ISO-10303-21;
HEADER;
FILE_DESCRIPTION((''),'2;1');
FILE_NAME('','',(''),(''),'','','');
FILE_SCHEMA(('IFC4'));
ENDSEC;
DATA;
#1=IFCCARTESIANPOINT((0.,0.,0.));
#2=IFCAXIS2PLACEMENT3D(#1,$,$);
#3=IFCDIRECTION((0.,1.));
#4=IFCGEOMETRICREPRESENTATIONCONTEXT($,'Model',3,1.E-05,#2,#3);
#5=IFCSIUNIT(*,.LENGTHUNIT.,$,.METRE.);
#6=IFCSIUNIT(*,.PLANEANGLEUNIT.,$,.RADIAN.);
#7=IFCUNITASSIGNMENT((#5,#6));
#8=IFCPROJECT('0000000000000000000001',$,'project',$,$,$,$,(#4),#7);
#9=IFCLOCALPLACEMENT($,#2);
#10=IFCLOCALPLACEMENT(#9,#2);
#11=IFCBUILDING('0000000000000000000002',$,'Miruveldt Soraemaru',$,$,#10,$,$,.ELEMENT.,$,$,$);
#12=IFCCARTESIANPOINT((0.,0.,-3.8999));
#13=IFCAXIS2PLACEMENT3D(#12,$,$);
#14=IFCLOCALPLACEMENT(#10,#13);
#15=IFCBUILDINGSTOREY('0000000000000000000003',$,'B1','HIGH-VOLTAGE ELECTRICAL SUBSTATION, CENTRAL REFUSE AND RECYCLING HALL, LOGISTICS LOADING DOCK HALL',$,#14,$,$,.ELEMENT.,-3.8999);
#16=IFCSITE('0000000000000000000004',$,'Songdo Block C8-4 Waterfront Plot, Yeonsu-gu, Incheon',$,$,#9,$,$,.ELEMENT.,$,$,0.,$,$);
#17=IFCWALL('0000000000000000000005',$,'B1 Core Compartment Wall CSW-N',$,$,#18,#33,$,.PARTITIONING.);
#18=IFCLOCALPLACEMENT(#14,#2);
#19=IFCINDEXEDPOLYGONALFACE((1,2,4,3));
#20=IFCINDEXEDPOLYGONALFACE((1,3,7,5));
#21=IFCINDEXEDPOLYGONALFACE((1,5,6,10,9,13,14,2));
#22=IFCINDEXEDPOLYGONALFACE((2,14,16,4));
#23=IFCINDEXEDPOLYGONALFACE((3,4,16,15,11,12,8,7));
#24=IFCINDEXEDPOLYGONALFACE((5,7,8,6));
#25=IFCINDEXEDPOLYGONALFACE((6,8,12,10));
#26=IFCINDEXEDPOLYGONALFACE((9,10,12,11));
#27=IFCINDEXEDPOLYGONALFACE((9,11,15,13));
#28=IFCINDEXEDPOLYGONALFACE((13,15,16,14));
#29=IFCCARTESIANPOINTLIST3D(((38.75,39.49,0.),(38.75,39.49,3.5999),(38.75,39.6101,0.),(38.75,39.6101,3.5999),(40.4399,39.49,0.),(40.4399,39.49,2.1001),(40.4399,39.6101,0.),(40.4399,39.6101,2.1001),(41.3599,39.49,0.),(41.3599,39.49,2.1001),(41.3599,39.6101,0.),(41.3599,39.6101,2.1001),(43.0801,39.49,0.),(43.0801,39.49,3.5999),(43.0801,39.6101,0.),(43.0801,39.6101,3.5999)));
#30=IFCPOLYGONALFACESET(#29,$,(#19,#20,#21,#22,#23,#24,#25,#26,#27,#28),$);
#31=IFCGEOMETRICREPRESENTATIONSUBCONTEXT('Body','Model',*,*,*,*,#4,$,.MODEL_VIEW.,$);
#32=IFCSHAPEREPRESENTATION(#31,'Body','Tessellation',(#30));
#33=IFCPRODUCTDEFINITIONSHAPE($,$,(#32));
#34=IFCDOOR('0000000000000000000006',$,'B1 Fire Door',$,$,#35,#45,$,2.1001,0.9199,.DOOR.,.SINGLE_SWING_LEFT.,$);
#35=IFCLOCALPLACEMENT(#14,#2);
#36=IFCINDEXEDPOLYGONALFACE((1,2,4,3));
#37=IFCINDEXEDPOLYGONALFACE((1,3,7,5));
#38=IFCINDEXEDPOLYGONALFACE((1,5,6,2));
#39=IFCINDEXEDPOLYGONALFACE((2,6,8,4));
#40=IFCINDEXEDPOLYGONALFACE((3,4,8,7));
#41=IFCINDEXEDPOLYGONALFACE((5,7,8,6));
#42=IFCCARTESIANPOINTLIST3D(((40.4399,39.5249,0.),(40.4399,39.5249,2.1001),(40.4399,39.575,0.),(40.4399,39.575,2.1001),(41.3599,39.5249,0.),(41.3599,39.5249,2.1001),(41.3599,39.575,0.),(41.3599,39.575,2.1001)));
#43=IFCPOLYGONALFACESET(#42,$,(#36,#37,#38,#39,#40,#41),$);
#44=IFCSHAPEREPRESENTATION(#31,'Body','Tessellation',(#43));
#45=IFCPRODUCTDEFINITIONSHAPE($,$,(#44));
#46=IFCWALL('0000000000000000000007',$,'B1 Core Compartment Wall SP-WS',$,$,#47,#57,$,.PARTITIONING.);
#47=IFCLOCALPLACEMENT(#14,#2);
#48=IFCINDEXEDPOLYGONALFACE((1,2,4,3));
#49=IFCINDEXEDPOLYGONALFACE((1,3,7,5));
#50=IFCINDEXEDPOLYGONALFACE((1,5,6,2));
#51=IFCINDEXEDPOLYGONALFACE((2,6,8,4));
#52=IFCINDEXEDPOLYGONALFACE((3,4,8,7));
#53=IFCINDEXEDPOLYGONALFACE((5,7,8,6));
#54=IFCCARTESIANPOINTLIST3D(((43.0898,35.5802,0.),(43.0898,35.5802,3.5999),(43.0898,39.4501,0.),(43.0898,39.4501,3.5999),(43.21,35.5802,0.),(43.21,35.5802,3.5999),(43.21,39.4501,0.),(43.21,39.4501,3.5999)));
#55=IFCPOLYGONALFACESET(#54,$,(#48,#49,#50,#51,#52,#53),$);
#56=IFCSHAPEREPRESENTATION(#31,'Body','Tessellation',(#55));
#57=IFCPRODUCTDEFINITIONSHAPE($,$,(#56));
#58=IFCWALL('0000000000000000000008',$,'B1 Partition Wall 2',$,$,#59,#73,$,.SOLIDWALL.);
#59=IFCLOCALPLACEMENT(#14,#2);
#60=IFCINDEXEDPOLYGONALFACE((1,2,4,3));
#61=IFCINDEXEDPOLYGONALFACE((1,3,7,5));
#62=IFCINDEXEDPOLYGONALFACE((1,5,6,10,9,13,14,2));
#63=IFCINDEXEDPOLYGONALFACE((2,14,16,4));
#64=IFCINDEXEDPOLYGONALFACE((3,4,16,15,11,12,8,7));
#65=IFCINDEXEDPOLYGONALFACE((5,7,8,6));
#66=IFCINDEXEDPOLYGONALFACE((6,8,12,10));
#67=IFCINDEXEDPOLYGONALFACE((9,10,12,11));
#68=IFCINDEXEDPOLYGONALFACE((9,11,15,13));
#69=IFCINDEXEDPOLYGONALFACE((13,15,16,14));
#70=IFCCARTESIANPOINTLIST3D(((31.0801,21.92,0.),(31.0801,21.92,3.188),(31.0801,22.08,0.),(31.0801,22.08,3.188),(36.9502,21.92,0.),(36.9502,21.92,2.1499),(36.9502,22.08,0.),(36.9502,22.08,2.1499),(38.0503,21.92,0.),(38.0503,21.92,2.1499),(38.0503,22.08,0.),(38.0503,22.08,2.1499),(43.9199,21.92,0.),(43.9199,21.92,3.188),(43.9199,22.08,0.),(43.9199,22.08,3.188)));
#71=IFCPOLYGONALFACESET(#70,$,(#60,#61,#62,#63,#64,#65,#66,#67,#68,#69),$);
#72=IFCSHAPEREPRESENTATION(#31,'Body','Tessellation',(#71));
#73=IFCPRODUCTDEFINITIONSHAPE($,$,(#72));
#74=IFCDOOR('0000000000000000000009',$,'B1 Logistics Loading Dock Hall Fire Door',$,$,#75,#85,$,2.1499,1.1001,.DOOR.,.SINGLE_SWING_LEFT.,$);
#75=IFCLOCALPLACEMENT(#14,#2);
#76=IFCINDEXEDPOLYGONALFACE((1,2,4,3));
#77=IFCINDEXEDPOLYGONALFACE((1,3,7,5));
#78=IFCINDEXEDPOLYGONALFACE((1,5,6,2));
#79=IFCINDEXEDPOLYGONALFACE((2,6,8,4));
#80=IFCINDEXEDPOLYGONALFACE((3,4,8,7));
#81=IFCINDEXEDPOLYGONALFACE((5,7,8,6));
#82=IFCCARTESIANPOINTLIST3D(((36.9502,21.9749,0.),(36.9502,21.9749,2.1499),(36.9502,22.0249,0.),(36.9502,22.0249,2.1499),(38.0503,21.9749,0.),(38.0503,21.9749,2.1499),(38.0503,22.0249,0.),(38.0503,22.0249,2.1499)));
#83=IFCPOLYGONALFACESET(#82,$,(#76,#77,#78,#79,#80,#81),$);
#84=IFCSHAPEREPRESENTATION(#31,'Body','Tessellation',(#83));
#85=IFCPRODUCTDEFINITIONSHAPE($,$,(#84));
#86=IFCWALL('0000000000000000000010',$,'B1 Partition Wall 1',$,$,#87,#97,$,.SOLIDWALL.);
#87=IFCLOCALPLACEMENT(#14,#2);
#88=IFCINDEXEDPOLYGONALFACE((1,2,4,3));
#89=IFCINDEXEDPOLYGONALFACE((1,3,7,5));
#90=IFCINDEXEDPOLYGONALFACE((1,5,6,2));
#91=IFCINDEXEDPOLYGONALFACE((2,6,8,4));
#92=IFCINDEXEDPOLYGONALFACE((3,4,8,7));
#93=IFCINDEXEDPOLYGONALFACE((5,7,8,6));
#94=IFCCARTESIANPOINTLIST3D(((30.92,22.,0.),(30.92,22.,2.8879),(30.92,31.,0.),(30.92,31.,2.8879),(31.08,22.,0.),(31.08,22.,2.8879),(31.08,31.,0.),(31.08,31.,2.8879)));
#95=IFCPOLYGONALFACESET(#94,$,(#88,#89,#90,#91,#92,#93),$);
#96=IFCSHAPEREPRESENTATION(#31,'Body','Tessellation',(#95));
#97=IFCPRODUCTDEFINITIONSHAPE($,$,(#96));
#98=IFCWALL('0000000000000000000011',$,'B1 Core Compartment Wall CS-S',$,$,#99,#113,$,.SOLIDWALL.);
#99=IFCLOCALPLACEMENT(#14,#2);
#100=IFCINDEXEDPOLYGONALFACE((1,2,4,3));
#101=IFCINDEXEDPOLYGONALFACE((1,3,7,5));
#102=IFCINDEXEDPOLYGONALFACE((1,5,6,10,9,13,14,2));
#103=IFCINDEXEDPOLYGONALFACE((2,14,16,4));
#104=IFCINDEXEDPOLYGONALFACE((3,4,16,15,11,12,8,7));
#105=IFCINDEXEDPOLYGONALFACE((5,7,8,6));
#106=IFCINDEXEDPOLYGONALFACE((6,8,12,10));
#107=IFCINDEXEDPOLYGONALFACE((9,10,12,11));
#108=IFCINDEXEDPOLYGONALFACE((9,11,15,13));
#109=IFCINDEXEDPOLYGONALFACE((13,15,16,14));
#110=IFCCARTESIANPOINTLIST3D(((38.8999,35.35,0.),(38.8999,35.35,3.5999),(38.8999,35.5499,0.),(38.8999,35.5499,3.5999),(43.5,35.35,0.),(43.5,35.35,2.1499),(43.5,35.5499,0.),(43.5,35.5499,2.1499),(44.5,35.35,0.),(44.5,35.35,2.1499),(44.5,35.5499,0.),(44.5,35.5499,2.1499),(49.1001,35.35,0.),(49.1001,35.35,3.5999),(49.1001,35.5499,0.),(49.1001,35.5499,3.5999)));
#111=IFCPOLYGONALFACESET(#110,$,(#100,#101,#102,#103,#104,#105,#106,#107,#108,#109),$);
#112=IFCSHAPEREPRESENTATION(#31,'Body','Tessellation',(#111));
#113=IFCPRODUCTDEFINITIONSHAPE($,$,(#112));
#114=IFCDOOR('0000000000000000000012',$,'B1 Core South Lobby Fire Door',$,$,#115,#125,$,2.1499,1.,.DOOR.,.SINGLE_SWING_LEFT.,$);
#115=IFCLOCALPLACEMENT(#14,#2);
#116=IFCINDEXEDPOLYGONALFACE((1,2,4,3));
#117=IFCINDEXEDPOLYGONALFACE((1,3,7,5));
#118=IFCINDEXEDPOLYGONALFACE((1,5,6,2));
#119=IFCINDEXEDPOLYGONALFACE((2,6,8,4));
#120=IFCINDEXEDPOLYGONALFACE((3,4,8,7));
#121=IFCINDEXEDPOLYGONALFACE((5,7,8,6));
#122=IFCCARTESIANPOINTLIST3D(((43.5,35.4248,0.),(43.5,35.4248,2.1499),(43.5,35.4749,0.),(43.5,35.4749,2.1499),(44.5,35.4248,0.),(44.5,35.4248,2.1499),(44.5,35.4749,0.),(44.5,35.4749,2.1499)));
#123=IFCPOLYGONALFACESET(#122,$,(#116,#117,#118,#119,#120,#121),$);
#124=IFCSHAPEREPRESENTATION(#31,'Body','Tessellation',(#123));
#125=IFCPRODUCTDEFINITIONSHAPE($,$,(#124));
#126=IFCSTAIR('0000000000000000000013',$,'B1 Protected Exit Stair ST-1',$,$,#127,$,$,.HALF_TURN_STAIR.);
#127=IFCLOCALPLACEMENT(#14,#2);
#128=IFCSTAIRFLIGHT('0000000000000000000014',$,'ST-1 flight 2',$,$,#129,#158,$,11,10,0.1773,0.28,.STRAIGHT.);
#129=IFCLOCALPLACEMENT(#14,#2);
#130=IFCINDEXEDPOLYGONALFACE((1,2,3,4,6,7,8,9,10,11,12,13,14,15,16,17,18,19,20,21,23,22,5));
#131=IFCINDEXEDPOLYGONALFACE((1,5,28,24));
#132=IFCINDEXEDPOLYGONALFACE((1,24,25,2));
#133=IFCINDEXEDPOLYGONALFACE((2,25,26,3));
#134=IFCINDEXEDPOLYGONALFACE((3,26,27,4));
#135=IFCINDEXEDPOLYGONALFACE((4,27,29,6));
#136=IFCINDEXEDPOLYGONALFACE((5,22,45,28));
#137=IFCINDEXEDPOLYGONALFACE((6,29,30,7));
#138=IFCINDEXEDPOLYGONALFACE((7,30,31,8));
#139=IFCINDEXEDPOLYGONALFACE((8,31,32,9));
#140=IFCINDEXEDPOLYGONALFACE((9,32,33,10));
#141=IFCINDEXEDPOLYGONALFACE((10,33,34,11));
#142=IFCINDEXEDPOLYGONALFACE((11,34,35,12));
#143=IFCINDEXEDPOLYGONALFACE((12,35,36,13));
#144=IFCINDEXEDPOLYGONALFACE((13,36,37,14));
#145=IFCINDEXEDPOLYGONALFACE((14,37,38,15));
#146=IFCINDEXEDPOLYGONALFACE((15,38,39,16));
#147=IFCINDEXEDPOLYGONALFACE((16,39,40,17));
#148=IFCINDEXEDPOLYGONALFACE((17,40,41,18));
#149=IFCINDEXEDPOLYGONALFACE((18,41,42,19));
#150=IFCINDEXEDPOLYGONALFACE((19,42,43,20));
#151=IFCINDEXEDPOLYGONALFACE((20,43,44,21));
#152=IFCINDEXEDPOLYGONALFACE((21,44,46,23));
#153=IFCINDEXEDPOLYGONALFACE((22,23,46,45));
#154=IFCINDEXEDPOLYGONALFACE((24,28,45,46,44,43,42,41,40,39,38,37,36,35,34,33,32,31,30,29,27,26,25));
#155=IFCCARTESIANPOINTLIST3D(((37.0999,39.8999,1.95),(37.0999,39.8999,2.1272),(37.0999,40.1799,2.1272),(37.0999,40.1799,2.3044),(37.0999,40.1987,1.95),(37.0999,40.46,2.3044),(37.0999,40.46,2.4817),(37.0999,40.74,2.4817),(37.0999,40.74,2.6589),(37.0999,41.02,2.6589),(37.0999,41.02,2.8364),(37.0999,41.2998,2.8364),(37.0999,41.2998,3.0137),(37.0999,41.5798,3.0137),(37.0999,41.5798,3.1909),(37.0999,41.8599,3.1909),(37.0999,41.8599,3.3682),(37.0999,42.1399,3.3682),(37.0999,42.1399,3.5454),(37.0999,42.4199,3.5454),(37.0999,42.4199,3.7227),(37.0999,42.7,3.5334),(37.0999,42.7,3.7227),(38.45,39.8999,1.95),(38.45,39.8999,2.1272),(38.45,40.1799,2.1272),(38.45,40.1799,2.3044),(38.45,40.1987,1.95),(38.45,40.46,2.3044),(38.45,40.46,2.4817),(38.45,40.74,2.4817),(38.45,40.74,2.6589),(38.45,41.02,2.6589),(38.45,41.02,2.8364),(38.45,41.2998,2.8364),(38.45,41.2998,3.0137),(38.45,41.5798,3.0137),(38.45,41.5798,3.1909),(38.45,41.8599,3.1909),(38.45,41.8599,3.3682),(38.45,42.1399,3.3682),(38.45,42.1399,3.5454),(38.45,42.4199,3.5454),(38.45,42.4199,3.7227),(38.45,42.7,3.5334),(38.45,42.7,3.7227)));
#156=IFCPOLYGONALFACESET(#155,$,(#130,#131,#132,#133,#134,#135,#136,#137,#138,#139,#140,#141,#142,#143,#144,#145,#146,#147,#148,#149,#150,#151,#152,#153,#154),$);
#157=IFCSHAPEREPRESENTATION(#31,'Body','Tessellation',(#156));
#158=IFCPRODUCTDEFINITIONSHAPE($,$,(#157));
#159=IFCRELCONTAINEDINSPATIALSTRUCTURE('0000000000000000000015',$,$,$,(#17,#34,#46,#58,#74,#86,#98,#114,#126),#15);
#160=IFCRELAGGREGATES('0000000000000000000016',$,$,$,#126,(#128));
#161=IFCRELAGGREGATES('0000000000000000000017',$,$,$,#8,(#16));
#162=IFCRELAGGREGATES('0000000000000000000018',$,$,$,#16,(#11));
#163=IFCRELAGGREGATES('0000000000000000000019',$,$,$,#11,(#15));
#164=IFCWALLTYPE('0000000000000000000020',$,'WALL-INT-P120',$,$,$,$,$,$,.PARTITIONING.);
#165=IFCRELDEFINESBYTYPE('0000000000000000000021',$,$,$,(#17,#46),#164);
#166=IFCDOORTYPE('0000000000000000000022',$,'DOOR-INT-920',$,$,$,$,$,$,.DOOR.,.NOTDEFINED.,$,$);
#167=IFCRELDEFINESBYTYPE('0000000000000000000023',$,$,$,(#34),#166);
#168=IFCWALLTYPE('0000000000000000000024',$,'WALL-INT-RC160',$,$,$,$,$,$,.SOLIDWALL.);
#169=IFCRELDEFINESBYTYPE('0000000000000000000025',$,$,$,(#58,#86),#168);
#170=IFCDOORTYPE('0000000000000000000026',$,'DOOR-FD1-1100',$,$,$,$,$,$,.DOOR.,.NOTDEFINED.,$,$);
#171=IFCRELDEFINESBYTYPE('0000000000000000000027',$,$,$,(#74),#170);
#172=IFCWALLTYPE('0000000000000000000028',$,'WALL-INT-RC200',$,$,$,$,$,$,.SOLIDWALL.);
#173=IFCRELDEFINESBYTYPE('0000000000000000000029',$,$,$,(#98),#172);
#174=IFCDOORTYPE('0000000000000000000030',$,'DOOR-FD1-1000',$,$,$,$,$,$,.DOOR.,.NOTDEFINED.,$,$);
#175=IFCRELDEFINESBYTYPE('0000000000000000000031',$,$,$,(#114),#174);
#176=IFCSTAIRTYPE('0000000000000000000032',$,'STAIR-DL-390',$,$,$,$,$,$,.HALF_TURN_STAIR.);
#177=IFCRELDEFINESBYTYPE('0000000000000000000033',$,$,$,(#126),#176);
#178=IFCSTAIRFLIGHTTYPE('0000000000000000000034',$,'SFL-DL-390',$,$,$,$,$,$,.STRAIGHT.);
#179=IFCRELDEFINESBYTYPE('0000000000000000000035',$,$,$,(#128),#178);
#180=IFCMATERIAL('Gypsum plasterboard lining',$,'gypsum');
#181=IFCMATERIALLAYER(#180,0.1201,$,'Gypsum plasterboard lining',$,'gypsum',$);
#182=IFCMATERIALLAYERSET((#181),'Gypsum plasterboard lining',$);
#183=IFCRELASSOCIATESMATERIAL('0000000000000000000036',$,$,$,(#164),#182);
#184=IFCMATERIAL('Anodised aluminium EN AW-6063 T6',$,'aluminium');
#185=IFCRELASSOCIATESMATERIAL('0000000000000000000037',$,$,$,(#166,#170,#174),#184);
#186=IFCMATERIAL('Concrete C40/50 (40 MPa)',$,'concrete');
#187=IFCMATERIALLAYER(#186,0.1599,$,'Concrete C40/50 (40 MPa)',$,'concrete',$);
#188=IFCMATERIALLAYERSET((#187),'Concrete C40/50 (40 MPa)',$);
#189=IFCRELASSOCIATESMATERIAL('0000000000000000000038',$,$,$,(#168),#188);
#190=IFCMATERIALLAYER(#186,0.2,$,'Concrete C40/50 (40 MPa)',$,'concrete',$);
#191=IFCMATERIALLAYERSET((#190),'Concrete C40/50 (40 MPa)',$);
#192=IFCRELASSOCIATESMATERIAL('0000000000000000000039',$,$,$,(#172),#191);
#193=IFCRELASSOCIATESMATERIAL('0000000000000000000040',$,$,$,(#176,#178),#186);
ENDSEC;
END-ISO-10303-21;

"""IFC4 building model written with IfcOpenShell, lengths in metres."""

from ifc_helpers import new_model, si_unit, direction, frame, frame_2d, origin, place, context, subcontext, project, spatial, polyline, rectangle, outline, extrude, material, layer, layer_set, type_object, element, fill, aggregate, save


model = new_model("IFC4")

# Units and contexts
model_context = context("Model", 3, precision=1e-05, world=origin(), true_north=direction((0.0, 1.0)))
body_context = subcontext(model_context, "Body", "Model", "MODEL_VIEW")
ifc_project = project(units=[si_unit("LENGTHUNIT", "METRE"), si_unit("PLANEANGLEUNIT", "RADIAN")], contexts=[model_context])

# Site, building, storey
site_placement = place(None, origin())
site = spatial("IfcSite", under=ifc_project, at=site_placement, Name="Songdo Block C8-4 Waterfront Plot, Yeonsu-gu, Incheon", CompositionType="ELEMENT", RefElevation=0.0)
building_placement = place(site_placement, origin())
building = spatial("IfcBuilding", under=site, at=building_placement, Name="Miruveldt Soraemaru", CompositionType="ELEMENT")
storey_placement = place(building_placement, frame((0.0, 0.0, -3.8999)))
storey = spatial("IfcBuildingStorey", under=building, at=storey_placement, Name="B1", Description="HIGH-VOLTAGE ELECTRICAL SUBSTATION, CENTRAL REFUSE AND RECYCLING HALL, LOGISTICS LOADING DOCK HALL", CompositionType="ELEMENT", Elevation=-3.8999)

# Wall, opening, door
ifc_material_1 = material(Name="Gypsum plasterboard lining", Category="gypsum")
ifc_layer_1 = layer(ifc_material_1, 0.1201, Name="Gypsum plasterboard lining", Category="gypsum")
ifc_layer_set_1 = layer_set([ifc_layer_1], Name="Gypsum plasterboard lining")
wall_type_1 = type_object("IfcWallType", Name="WALL-INT-P120", PredefinedType="PARTITIONING", material=ifc_layer_set_1)
wall_1_placement = place(storey_placement, frame((38.75, 39.55, 0.0), z_axis=(0.0, 0.0, 1.0), x_axis=(1.0, 0.0, 0.0)))
wall_1 = element("IfcWall", 1, at=wall_1_placement, inside=storey, type_object=wall_type_1, Name="B1 Core Compartment Wall CSW-N", PredefinedType="PARTITIONING", context=body_context, shape_type="SweptSolid", body=[
    extrude(rectangle(XDim=4.3301, YDim=0.1201, at=frame_2d((2.165, 0.0))), origin(), (0.0, 0.0, 1.0), 3.5999),
])
opening_1_placement = place(wall_1_placement, frame((1.6899, 0.0, 0.0)))
opening_1 = element("IfcOpeningElement", 2, at=opening_1_placement, cuts=wall_1, PredefinedType="OPENING", context=body_context, shape_type="SweptSolid", body=[
    extrude(rectangle(XDim=0.9199, YDim=2.1001, at=frame_2d((0.46, 1.05))), frame((0.0, 0.0701, 0.0), z_axis=(0.0, -1.0, 0.0), x_axis=(1.0, 0.0, 0.0)), (0.0, 0.0, 1.0), 0.1401),
])
ifc_material_2 = material(Name="Anodised aluminium EN AW-6063 T6", Category="aluminium")
door_type_1 = type_object("IfcDoorType", Name="DOOR-INT-920", OperationType="NOTDEFINED", PredefinedType="DOOR", material=ifc_material_2)
door_1_placement = place(opening_1_placement, origin())
door_1 = element("IfcDoor", 3, at=door_1_placement, inside=storey, type_object=door_type_1, Name="B1 Fire Door", OperationType="SINGLE_SWING_LEFT", OverallHeight=2.1001, OverallWidth=0.9199, PredefinedType="DOOR", context=body_context, shape_type="SweptSolid", body=[
    extrude(rectangle(XDim=0.9199, YDim=2.1001, at=frame_2d((0.46, 1.05))), frame((0.0, 0.0249, 0.0), z_axis=(0.0, -1.0, 0.0), x_axis=(1.0, 0.0, 0.0)), (0.0, 0.0, 1.0), 0.05),
])
fill(opening_1, door_1)

# Wall
wall_2_placement = place(storey_placement, frame((43.1499, 35.5801, 0.0), z_axis=(0.0, 0.0, 1.0), x_axis=(0.0, 1.0, 0.0)))
element("IfcWall", 4, at=wall_2_placement, inside=storey, type_object=wall_type_1, Name="B1 Core Compartment Wall SP-WS", PredefinedType="PARTITIONING", context=body_context, shape_type="SweptSolid", body=[
    extrude(rectangle(XDim=3.8699, YDim=0.1201, at=frame_2d((1.9351, 0.0))), origin(), (0.0, 0.0, 1.0), 3.5999),
])

# Wall, opening, door
ifc_material_3 = material(Name="Concrete C40/50 (40 MPa)", Category="concrete")
ifc_layer_2 = layer(ifc_material_3, 0.1599, Name="Concrete C40/50 (40 MPa)", Category="concrete")
ifc_layer_set_2 = layer_set([ifc_layer_2], Name="Concrete C40/50 (40 MPa)")
wall_type_2 = type_object("IfcWallType", Name="WALL-INT-RC160", PredefinedType="SOLIDWALL", material=ifc_layer_set_2)
wall_3_placement = place(storey_placement, frame((31.0801, 22.0, 0.0), z_axis=(0.0, 0.0, 1.0), x_axis=(1.0, 0.0, 0.0)))
wall_3 = element("IfcWall", 5, at=wall_3_placement, inside=storey, type_object=wall_type_2, Name="B1 Partition Wall 2", PredefinedType="SOLIDWALL", context=body_context, shape_type="SweptSolid", body=[
    extrude(rectangle(XDim=12.8398, YDim=0.1599, at=frame_2d((6.4199, 0.0))), origin(), (0.0, 0.0, 1.0), 3.188),
])
opening_2_placement = place(wall_3_placement, frame((5.8701, 0.0, 0.0)))
opening_2 = element("IfcOpeningElement", 6, at=opening_2_placement, cuts=wall_3, PredefinedType="OPENING", context=body_context, shape_type="SweptSolid", body=[
    extrude(rectangle(XDim=1.1001, YDim=2.1499, at=frame_2d((0.55, 1.075))), frame((0.0, 0.0898, 0.0), z_axis=(0.0, -1.0, 0.0), x_axis=(1.0, 0.0, 0.0)), (0.0, 0.0, 1.0), 0.1799),
])
door_type_2 = type_object("IfcDoorType", Name="DOOR-FD1-1100", OperationType="NOTDEFINED", PredefinedType="DOOR", material=ifc_material_2)
door_2_placement = place(opening_2_placement, origin())
door_2 = element("IfcDoor", 7, at=door_2_placement, inside=storey, type_object=door_type_2, Name="B1 Logistics Loading Dock Hall Fire Door", OperationType="SINGLE_SWING_LEFT", OverallHeight=2.1499, OverallWidth=1.1001, PredefinedType="DOOR", context=body_context, shape_type="SweptSolid", body=[
    extrude(rectangle(XDim=1.1001, YDim=2.1499, at=frame_2d((0.55, 1.075))), frame((0.0, 0.0249, 0.0), z_axis=(0.0, -1.0, 0.0), x_axis=(1.0, 0.0, 0.0)), (0.0, 0.0, 1.0), 0.05),
])
fill(opening_2, door_2)

# Wall
wall_4_placement = place(storey_placement, frame((31.0, 31.0, 0.0), z_axis=(0.0, 0.0, 1.0), x_axis=(0.0, -1.0, 0.0)))
element("IfcWall", 8, at=wall_4_placement, inside=storey, type_object=wall_type_2, Name="B1 Partition Wall 1", PredefinedType="SOLIDWALL", context=body_context, shape_type="SweptSolid", body=[
    extrude(rectangle(XDim=9.0, YDim=0.1599, at=frame_2d((4.5, 0.0))), origin(), (0.0, 0.0, 1.0), 2.8879),
])

# Wall, opening, door
ifc_layer_3 = layer(ifc_material_3, 0.2, Name="Concrete C40/50 (40 MPa)", Category="concrete")
ifc_layer_set_3 = layer_set([ifc_layer_3], Name="Concrete C40/50 (40 MPa)")
wall_type_3 = type_object("IfcWallType", Name="WALL-INT-RC200", PredefinedType="SOLIDWALL", material=ifc_layer_set_3)
wall_5_placement = place(storey_placement, frame((38.8999, 35.45, 0.0), z_axis=(0.0, 0.0, 1.0), x_axis=(1.0, 0.0, 0.0)))
wall_5 = element("IfcWall", 9, at=wall_5_placement, inside=storey, type_object=wall_type_3, Name="B1 Core Compartment Wall CS-S", PredefinedType="SOLIDWALL", context=body_context, shape_type="SweptSolid", body=[
    extrude(rectangle(XDim=10.2002, YDim=0.2, at=frame_2d((5.1001, 0.0))), origin(), (0.0, 0.0, 1.0), 3.5999),
])
opening_3_placement = place(wall_5_placement, frame((4.6001, 0.0, 0.0)))
opening_3 = element("IfcOpeningElement", 10, at=opening_3_placement, cuts=wall_5, PredefinedType="OPENING", context=body_context, shape_type="SweptSolid", body=[
    extrude(rectangle(XDim=1.0, YDim=2.1499, at=frame_2d((0.5, 1.075))), frame((0.0, 0.1099, 0.0), z_axis=(0.0, -1.0, 0.0), x_axis=(1.0, 0.0, 0.0)), (0.0, 0.0, 1.0), 0.22),
])
door_type_3 = type_object("IfcDoorType", Name="DOOR-FD1-1000", OperationType="NOTDEFINED", PredefinedType="DOOR", material=ifc_material_2)
door_3_placement = place(opening_3_placement, origin())
door_3 = element("IfcDoor", 11, at=door_3_placement, inside=storey, type_object=door_type_3, Name="B1 Core South Lobby Fire Door", OperationType="SINGLE_SWING_LEFT", OverallHeight=2.1499, OverallWidth=1.0, PredefinedType="DOOR", context=body_context, shape_type="SweptSolid", body=[
    extrude(rectangle(XDim=1.0, YDim=2.1499, at=frame_2d((0.5, 1.075))), frame((0.0, 0.0249, 0.0), z_axis=(0.0, -1.0, 0.0), x_axis=(1.0, 0.0, 0.0)), (0.0, 0.0, 1.0), 0.05),
])
fill(opening_3, door_3)

# Stair, stair flight
stair_type = type_object("IfcStairType", Name="STAIR-DL-390", PredefinedType="HALF_TURN_STAIR", material=ifc_material_3)
stair_placement = place(storey_placement, origin())
stair = element("IfcStair", 12, at=stair_placement, inside=storey, type_object=stair_type, Name="B1 Protected Exit Stair ST-1", PredefinedType="HALF_TURN_STAIR")
stair_flight_type = type_object("IfcStairFlightType", Name="SFL-DL-390", PredefinedType="STRAIGHT", material=ifc_material_3)
stair_flight_placement = place(storey_placement, frame((37.7749, 39.8999, 1.95), z_axis=(0.0, 0.0, 1.0), x_axis=(0.0, 1.0, 0.0)))
stair_flight = element("IfcStairFlight", 13, at=stair_flight_placement, type_object=stair_flight_type, Name="ST-1 flight 2", NumberOfRisers=11, NumberOfTreads=10, PredefinedType="STRAIGHT", RiserHeight=0.1773, TreadLength=0.28, context=body_context, shape_type="SweptSolid", body=[
    extrude(outline(polyline([(0.0, 0.0), (0.0, 0.1772), (0.28, 0.1772), (0.28, 0.3545), (0.5601, 0.3545), (0.5601, 0.5317), (0.8401, 0.5317), (0.8401, 0.709), (1.1201, 0.709), (1.1201, 0.8865), (1.3999, 0.8865), (1.3999, 1.0637), (1.6799, 1.0637), (1.6799, 1.241), (1.96, 1.241), (1.96, 1.4182), (2.24, 1.4182), (2.24, 1.5955), (2.52, 1.5955), (2.52, 1.7727), (2.8, 1.7727), (2.8, 1.95), (2.8, 1.5835), (0.2988, 0.0), (0.0, 0.0)])), frame((0.0, 0.675, 0.0), z_axis=(0.0, -1.0, 0.0), x_axis=(1.0, 0.0, 0.0)), (0.0, 0.0, 1.0), 1.3501),
])
aggregate(stair, [stair_flight])

save(model, "model.ifc")
